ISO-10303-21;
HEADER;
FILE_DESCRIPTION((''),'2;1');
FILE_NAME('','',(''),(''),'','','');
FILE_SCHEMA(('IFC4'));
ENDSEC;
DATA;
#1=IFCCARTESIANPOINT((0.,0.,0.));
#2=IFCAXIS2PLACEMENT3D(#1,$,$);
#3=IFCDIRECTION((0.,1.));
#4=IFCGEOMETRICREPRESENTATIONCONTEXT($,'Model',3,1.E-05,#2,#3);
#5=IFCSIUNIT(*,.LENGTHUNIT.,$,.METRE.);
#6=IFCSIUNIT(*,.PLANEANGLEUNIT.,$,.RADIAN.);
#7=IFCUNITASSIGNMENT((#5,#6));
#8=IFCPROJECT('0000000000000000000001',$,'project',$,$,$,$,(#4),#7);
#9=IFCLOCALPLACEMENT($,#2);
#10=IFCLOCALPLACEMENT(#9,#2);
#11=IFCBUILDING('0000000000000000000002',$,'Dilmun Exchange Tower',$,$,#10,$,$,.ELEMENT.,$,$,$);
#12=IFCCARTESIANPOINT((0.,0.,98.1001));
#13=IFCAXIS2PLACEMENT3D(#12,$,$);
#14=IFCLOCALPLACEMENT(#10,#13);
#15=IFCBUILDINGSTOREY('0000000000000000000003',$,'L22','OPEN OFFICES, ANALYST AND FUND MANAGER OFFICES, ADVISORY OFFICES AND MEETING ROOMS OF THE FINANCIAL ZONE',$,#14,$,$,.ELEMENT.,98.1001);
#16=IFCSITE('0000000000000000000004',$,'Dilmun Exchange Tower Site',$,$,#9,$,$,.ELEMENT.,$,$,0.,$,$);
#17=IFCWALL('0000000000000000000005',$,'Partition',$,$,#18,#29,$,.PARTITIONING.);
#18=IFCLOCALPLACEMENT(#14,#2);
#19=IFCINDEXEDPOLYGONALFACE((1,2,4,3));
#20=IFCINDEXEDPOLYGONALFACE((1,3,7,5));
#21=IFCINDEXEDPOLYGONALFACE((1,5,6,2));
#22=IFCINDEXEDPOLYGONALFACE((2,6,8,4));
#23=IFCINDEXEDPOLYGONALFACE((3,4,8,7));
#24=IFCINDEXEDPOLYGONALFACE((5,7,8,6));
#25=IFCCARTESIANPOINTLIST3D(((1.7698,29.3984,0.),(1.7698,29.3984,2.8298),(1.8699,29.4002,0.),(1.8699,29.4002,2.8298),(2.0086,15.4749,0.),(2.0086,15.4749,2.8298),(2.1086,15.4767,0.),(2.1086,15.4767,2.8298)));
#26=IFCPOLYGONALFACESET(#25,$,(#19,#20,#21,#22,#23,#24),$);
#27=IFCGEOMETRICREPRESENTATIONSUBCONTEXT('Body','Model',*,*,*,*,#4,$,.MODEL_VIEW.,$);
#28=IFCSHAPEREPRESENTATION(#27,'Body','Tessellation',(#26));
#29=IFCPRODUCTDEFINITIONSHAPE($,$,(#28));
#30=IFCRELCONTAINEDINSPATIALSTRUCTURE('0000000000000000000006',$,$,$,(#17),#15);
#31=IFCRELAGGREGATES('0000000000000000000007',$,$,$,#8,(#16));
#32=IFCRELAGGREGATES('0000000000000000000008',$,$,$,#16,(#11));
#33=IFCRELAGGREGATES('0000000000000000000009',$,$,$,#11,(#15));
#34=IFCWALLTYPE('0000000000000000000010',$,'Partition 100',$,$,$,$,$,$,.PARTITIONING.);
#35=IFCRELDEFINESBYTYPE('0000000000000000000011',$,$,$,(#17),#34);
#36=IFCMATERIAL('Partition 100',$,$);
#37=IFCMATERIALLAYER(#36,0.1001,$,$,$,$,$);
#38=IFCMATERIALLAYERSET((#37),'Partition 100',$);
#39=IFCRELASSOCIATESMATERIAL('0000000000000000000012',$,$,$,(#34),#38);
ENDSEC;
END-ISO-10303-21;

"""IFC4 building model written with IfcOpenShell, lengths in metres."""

from ifc_helpers import new_model, si_unit, direction, frame, frame_2d, origin, place, context, subcontext, project, spatial, rectangle, extrude, material, layer, layer_set, type_object, element, save


model = new_model("IFC4")

# Units and contexts
model_context = context("Model", 3, precision=1e-05, world=origin(), true_north=direction((0.0, 1.0)))
body_context = subcontext(model_context, "Body", "Model", "MODEL_VIEW")
ifc_project = project(units=[si_unit("LENGTHUNIT", "METRE"), si_unit("PLANEANGLEUNIT", "RADIAN")], contexts=[model_context])

# Site, building, storey
site_placement = place(None, origin())
site = spatial("IfcSite", under=ifc_project, at=site_placement, Name="Dilmun Exchange Tower Site", CompositionType="ELEMENT", RefElevation=0.0)
building_placement = place(site_placement, origin())
building = spatial("IfcBuilding", under=site, at=building_placement, Name="Dilmun Exchange Tower", CompositionType="ELEMENT")
storey_placement = place(building_placement, frame((0.0, 0.0, 98.1001)))
storey = spatial("IfcBuildingStorey", under=building, at=storey_placement, Name="L22", Description="OPEN OFFICES, ANALYST AND FUND MANAGER OFFICES, ADVISORY OFFICES AND MEETING ROOMS OF THE FINANCIAL ZONE", CompositionType="ELEMENT", Elevation=98.1001)

# Wall
ifc_material_1 = material(Name="Partition 100")
ifc_layer_1 = layer(ifc_material_1, 0.1001)
ifc_layer_set_1 = layer_set([ifc_layer_1], Name="Partition 100")
wall_type = type_object("IfcWallType", Name="Partition 100", PredefinedType="PARTITIONING", material=ifc_layer_set_1)
wall_placement = place(storey_placement, frame((1.8198, 29.3994, 0.0), z_axis=(0.0, 0.0, 1.0), x_axis=(0.017146, -0.999853, 0.0)))
element("IfcWall", 1, at=wall_placement, inside=storey, type_object=wall_type, Name="Partition", PredefinedType="PARTITIONING", context=body_context, shape_type="SweptSolid", body=[
    extrude(rectangle(XDim=13.9255, YDim=0.1001, at=frame_2d((6.9629, 0.0))), origin(), (0.0, 0.0, 1.0), 2.8298),
])

save(model, "model.ifc")
